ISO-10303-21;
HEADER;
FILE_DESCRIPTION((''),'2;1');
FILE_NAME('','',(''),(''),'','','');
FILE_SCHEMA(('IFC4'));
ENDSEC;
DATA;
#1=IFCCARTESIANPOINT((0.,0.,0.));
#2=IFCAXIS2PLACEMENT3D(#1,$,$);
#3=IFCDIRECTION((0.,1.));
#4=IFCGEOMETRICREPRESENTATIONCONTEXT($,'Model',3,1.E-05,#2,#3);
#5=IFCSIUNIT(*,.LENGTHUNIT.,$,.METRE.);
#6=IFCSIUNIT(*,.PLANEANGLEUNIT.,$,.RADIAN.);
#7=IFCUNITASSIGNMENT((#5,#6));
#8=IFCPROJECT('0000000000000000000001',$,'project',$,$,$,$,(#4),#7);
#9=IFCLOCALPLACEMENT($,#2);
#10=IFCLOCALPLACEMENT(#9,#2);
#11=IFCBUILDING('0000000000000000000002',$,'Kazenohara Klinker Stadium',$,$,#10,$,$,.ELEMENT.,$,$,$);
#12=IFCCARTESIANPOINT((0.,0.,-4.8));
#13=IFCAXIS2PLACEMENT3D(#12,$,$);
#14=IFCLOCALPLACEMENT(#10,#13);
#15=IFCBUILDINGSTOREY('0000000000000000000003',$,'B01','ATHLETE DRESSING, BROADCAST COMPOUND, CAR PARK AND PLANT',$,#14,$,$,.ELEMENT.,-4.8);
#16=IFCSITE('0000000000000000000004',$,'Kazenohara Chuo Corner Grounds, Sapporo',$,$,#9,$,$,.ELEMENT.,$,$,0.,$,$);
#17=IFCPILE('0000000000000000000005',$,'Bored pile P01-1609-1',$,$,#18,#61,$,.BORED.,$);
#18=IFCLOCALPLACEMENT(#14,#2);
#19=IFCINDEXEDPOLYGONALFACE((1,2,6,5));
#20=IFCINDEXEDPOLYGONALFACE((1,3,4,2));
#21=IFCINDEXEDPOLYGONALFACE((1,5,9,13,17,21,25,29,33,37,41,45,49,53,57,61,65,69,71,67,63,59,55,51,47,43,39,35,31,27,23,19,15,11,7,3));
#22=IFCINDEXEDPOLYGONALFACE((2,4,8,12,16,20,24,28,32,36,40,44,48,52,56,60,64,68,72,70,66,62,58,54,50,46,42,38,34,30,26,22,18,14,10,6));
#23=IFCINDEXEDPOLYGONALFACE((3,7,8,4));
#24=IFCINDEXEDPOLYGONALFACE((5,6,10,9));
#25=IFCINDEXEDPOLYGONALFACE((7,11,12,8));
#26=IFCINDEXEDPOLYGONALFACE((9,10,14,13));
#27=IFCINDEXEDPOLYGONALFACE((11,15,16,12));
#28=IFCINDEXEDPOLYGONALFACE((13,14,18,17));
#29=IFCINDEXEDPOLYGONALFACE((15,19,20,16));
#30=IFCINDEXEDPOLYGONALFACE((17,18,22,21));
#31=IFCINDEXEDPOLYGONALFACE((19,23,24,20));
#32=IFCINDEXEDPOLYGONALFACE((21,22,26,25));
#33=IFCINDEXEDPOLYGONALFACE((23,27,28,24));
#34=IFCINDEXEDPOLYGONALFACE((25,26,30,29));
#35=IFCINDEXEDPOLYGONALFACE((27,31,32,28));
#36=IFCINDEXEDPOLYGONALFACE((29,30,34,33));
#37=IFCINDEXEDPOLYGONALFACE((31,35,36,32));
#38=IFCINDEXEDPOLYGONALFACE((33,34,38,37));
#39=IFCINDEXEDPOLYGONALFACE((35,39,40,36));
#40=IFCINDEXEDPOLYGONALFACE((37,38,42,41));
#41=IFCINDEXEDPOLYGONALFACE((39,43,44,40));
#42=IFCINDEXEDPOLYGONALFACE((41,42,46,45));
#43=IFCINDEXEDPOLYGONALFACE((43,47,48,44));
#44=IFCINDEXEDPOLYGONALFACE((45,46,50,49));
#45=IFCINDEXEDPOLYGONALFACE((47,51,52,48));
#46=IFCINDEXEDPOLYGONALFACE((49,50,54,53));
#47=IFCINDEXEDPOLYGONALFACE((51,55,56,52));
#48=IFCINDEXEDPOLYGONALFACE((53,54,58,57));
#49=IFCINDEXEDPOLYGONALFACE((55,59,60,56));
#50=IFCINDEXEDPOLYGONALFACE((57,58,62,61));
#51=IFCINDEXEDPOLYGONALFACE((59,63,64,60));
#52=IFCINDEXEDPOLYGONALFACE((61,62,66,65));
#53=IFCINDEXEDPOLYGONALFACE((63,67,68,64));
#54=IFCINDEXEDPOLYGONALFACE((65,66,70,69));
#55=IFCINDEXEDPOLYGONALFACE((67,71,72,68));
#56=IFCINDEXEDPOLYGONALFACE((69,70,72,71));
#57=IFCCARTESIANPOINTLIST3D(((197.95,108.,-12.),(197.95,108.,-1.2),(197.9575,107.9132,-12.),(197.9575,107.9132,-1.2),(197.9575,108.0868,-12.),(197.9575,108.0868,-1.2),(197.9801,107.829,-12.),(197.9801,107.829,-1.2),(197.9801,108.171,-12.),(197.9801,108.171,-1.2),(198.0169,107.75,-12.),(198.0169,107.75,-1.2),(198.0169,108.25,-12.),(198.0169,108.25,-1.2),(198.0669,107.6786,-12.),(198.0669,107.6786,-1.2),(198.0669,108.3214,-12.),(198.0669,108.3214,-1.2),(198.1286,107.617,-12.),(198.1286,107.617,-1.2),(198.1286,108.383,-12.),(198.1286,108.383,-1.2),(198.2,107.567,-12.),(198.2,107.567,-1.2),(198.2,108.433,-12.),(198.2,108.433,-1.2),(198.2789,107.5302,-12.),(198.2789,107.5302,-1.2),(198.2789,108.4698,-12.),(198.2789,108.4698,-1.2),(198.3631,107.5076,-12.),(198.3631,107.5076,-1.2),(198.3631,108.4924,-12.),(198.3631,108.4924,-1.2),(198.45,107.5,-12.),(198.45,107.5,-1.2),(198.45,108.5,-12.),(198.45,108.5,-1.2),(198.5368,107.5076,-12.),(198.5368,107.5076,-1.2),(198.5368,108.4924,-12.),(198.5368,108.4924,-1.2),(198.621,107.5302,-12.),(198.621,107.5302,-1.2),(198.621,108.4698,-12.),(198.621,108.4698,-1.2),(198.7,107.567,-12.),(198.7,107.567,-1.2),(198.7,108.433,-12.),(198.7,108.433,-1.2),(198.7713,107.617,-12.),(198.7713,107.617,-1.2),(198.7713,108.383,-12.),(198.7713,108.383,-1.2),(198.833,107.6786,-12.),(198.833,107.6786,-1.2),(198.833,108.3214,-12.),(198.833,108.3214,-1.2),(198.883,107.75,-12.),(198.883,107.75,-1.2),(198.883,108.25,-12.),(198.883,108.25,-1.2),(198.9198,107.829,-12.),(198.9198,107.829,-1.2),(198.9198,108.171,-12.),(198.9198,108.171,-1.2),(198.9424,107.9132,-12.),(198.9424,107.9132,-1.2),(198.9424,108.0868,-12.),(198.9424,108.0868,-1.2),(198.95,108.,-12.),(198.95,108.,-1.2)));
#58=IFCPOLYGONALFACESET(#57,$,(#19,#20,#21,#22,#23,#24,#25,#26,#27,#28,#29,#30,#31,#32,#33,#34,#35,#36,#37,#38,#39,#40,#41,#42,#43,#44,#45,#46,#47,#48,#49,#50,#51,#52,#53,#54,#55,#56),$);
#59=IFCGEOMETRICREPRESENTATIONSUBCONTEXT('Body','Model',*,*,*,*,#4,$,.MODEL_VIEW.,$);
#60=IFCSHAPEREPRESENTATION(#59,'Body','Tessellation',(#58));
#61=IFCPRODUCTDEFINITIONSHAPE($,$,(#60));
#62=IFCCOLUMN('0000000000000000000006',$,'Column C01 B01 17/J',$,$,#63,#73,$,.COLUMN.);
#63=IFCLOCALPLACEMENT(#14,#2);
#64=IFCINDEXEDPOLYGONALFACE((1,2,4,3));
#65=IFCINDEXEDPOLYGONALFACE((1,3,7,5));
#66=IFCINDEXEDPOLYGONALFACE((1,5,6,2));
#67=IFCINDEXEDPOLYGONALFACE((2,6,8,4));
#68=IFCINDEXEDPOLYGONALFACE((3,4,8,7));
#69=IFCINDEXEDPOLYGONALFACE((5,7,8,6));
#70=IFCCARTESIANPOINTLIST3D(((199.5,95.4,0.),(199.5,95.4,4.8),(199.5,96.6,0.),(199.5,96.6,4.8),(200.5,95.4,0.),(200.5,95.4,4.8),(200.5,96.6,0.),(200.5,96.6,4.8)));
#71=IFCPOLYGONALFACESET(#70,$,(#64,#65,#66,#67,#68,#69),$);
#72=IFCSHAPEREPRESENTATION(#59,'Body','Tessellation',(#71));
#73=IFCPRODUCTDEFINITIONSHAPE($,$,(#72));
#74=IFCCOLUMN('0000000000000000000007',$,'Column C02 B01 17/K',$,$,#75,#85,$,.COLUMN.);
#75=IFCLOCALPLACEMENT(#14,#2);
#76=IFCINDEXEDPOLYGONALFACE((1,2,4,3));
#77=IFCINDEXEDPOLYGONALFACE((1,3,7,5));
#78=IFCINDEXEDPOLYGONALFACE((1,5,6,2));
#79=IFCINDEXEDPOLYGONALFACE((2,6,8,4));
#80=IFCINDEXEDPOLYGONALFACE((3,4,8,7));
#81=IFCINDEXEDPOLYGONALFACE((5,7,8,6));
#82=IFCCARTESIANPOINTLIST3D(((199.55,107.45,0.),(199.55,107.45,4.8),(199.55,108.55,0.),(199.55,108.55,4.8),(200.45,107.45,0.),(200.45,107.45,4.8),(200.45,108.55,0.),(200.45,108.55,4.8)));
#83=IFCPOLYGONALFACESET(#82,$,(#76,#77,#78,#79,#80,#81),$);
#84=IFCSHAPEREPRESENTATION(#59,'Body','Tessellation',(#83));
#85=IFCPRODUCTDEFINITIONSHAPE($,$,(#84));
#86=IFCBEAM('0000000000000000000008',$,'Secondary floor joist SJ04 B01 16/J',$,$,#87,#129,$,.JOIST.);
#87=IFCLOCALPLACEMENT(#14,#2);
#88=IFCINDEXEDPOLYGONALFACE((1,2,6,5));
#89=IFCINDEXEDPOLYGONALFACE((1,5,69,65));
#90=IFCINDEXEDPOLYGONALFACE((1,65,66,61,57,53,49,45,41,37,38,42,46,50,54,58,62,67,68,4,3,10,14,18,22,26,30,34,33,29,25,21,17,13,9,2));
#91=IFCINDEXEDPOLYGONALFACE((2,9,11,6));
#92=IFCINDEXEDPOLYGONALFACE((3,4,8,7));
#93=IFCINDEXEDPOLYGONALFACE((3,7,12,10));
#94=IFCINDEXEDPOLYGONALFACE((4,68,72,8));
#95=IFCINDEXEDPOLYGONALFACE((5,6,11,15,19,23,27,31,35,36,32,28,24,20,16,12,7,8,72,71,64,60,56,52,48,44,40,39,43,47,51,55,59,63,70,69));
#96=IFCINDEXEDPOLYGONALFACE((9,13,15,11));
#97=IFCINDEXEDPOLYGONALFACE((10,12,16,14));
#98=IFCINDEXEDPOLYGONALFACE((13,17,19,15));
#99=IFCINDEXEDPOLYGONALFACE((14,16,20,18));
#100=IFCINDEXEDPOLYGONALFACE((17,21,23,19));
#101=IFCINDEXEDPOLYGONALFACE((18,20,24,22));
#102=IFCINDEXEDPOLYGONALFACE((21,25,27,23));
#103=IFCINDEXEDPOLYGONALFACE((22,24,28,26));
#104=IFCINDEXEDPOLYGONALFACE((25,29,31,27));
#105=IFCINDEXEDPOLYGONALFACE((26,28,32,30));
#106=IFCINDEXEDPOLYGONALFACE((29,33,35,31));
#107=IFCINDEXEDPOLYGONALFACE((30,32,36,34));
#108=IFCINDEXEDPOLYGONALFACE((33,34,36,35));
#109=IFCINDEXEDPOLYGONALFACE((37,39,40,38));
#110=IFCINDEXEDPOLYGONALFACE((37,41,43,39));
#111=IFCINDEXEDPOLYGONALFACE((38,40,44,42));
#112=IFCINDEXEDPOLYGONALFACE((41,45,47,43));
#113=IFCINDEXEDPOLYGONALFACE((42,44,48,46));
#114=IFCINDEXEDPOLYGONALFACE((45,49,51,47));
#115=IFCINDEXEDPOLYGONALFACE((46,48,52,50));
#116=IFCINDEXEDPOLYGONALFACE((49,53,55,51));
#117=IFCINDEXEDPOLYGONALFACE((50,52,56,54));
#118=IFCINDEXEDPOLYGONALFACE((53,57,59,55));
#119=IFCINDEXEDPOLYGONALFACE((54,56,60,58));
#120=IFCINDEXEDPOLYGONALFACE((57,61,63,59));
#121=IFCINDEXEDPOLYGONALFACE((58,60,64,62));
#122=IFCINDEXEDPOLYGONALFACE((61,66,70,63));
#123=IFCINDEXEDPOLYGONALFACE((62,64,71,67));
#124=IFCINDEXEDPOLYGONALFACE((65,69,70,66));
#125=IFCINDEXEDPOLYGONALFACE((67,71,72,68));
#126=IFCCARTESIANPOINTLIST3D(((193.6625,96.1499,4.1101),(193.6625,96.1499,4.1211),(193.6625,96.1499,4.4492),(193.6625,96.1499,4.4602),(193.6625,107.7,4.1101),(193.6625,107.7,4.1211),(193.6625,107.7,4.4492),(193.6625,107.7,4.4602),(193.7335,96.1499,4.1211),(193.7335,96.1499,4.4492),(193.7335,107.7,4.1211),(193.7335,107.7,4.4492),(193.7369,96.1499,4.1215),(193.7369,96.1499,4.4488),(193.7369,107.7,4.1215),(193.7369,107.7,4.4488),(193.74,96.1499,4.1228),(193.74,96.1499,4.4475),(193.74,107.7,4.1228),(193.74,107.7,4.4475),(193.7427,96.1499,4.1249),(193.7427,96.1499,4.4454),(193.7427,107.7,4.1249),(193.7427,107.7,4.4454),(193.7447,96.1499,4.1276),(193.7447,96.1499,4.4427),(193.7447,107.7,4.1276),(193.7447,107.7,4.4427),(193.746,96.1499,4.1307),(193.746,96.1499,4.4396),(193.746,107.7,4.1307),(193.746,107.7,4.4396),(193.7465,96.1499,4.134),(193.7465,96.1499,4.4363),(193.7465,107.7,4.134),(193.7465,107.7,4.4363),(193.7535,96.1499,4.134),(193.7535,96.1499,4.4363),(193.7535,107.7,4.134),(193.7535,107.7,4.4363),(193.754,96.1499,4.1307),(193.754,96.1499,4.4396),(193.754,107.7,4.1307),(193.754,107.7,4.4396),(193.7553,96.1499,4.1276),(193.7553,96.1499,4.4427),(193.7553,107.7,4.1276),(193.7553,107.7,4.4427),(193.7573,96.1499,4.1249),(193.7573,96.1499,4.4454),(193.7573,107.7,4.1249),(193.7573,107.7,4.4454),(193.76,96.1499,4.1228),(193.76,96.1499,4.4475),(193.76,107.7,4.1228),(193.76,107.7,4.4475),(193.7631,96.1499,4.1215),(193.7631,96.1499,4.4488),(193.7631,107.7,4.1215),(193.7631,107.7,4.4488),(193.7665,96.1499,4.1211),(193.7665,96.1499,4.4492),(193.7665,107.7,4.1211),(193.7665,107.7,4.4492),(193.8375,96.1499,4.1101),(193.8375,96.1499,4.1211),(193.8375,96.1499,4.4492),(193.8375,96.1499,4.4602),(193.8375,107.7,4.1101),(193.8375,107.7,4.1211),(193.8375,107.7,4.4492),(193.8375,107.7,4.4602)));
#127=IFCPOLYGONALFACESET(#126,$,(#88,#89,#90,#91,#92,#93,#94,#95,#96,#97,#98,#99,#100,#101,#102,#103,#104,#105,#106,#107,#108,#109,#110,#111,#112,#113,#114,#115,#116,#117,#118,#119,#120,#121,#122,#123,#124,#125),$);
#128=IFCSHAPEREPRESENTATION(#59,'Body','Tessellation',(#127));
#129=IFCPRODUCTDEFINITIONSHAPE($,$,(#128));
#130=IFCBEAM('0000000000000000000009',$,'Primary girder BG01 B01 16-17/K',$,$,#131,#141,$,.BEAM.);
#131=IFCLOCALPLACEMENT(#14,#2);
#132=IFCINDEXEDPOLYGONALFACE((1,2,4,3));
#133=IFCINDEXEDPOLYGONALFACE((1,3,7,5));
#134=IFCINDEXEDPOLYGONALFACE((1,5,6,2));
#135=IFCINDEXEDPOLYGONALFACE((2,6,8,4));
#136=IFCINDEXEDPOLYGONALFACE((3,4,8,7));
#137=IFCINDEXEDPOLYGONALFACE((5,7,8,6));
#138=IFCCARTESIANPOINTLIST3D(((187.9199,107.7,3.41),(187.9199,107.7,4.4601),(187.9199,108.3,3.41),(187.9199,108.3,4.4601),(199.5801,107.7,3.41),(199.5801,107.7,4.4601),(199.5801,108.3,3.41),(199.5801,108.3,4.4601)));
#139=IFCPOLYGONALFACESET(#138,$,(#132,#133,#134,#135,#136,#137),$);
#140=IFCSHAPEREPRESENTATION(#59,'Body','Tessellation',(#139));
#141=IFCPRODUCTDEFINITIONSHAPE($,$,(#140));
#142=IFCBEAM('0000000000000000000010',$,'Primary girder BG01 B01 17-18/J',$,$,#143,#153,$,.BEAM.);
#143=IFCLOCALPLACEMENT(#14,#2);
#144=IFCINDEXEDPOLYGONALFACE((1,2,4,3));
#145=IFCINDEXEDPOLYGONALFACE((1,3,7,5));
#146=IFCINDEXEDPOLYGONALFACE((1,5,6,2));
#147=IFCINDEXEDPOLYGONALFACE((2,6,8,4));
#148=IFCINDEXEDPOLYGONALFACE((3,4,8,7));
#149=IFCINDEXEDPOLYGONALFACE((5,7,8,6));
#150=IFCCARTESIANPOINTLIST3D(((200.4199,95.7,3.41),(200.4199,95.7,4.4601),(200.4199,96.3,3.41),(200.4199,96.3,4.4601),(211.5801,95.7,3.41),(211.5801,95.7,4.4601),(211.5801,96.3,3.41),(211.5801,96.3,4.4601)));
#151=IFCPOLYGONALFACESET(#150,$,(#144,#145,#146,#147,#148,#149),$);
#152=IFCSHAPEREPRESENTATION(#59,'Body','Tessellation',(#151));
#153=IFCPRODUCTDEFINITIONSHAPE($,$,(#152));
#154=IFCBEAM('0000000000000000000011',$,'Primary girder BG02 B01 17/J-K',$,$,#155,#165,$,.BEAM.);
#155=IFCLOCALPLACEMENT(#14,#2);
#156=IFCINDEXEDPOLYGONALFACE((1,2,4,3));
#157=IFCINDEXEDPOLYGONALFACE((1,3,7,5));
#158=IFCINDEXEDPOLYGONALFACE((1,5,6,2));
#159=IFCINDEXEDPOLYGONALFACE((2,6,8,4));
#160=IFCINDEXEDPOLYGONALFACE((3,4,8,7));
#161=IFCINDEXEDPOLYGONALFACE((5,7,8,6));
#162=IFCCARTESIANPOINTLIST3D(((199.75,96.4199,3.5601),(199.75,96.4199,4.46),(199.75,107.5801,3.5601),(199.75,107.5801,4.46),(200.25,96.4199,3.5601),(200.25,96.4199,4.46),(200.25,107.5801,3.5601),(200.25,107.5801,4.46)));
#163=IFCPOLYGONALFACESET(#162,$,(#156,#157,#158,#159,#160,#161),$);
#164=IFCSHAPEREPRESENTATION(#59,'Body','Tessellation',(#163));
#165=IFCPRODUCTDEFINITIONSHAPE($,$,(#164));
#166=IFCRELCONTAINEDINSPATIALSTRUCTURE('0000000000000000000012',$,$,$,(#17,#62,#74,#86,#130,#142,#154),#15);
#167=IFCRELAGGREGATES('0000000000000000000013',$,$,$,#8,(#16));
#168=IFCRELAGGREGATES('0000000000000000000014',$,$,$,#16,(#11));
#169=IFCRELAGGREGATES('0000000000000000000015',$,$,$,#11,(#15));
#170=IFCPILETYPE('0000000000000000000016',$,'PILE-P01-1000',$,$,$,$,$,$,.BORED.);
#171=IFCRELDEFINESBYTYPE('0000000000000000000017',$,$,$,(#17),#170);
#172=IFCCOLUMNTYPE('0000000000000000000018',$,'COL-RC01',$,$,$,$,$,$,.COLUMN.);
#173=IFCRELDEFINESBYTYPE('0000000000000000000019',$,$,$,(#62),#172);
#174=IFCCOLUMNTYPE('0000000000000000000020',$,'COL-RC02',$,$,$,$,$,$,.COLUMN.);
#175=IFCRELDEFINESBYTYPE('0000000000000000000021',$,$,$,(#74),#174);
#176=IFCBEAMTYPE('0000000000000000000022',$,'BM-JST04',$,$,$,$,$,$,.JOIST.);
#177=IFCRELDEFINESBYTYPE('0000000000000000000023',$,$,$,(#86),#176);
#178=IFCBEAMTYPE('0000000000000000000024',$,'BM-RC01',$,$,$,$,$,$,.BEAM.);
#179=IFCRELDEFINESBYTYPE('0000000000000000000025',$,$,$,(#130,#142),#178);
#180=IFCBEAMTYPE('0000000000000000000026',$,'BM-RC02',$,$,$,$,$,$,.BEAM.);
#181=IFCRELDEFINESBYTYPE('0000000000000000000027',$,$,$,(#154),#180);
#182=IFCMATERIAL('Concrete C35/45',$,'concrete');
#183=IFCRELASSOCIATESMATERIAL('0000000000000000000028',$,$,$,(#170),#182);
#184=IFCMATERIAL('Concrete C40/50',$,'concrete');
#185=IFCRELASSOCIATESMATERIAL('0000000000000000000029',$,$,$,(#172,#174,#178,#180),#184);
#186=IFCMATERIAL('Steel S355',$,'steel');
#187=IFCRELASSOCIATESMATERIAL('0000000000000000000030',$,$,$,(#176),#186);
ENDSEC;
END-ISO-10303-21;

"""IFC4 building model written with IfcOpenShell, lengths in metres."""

from ifc_helpers import new_model, si_unit, direction, frame, origin, origin_2d, place, context, subcontext, project, spatial, rectangle, circle, i_section, extrude, material, material_profile, profile_set, type_object, element, save


model = new_model("IFC4")

# Units and contexts
model_context = context("Model", 3, precision=1e-05, world=origin(), true_north=direction((0.0, 1.0)))
body_context = subcontext(model_context, "Body", "Model", "MODEL_VIEW")
ifc_project = project(units=[si_unit("LENGTHUNIT", "METRE"), si_unit("PLANEANGLEUNIT", "RADIAN")], contexts=[model_context])

# Site, building, storey
site_placement = place(None, origin())
site = spatial("IfcSite", under=ifc_project, at=site_placement, Name="Kazenohara Chuo Corner Grounds, Sapporo", CompositionType="ELEMENT", RefElevation=0.0)
building_placement = place(site_placement, origin())
building = spatial("IfcBuilding", under=site, at=building_placement, Name="Kazenohara Klinker Stadium", CompositionType="ELEMENT")
storey_placement = place(building_placement, frame((0.0, 0.0, -4.8)))
storey = spatial("IfcBuildingStorey", under=building, at=storey_placement, Name="B01", Description="ATHLETE DRESSING, BROADCAST COMPOUND, CAR PARK AND PLANT", CompositionType="ELEMENT", Elevation=-4.8)

# Shared definitions
ifc_material_1 = material(Name="Concrete C35/45", Category="concrete")

# Pile
ifc_material_profile_1 = material_profile(ifc_material_1, circle(Radius=0.5, at=origin_2d()), Name="BORED-PILE-1000")
ifc_profile_set_1 = profile_set([ifc_material_profile_1], Name="Concrete C35/45")
pile_type = type_object("IfcPileType", Name="PILE-P01-1000", PredefinedType="BORED", material=ifc_profile_set_1)
pile_1_placement = place(storey_placement, frame((198.45, 108.0, -1.2), z_axis=(0.0, 0.0, -1.0), x_axis=(1.0, 0.0, 0.0)))
element("IfcPile", 1, at=pile_1_placement, inside=storey, type_object=pile_type, Name="Bored pile P01-1609-1", PredefinedType="BORED", context=body_context, shape_type="SweptSolid", body=[
    extrude(circle(Radius=0.5, at=origin_2d()), origin(), (0.0, 0.0, 1.0), 10.8),
])

# Columns
ifc_material_2 = material(Name="Concrete C40/50", Category="concrete")
ifc_material_profile_2 = material_profile(ifc_material_2, rectangle(XDim=1.0, YDim=1.2, at=origin_2d()), Name="RC-COL-1200x1000")
ifc_profile_set_2 = profile_set([ifc_material_profile_2], Name="Concrete C40/50")
column_type_1 = type_object("IfcColumnType", Name="COL-RC01", PredefinedType="COLUMN", material=ifc_profile_set_2)
column_1_placement = place(storey_placement, frame((200.0, 96.0, 0.0), z_axis=(0.0, 0.0, 1.0), x_axis=(1.0, 0.0, 0.0)))
element("IfcColumn", 2, at=column_1_placement, inside=storey, type_object=column_type_1, Name="Column C01 B01 17/J", PredefinedType="COLUMN", context=body_context, shape_type="SweptSolid", body=[
    extrude(rectangle(XDim=1.0, YDim=1.2, at=origin_2d()), origin(), (0.0, 0.0, 1.0), 4.8),
])
ifc_material_profile_3 = material_profile(ifc_material_2, rectangle(XDim=0.8999, YDim=1.1001, at=origin_2d()), Name="RC-COL-1100x900")
ifc_profile_set_3 = profile_set([ifc_material_profile_3], Name="Concrete C40/50")
column_type_2 = type_object("IfcColumnType", Name="COL-RC02", PredefinedType="COLUMN", material=ifc_profile_set_3)
column_2_placement = place(storey_placement, frame((200.0, 108.0, 0.0), z_axis=(0.0, 0.0, 1.0), x_axis=(1.0, 0.0, 0.0)))
element("IfcColumn", 3, at=column_2_placement, inside=storey, type_object=column_type_2, Name="Column C02 B01 17/K", PredefinedType="COLUMN", context=body_context, shape_type="SweptSolid", body=[
    extrude(rectangle(XDim=0.8999, YDim=1.1001, at=origin_2d()), origin(), (0.0, 0.0, 1.0), 4.8),
])

# Beams
ifc_material_3 = material(Name="Steel S355", Category="steel")
ifc_material_profile_4 = material_profile(ifc_material_3, i_section(OverallWidth=0.175, OverallDepth=0.3501, WebThickness=0.0071, FlangeThickness=0.011, FilletRadius=0.0129, at=origin_2d()), Name="H-350x175x7x11")
ifc_profile_set_4 = profile_set([ifc_material_profile_4], Name="Steel S355")
beam_type_1 = type_object("IfcBeamType", Name="BM-JST04", PredefinedType="JOIST", material=ifc_profile_set_4)
beam_1_placement = place(storey_placement, frame((193.75, 96.1499, 4.2852), z_axis=(0.0, 1.0, 0.0), x_axis=(-1.0, 0.0, 0.0)))
element("IfcBeam", 4, at=beam_1_placement, inside=storey, type_object=beam_type_1, Name="Secondary floor joist SJ04 B01 16/J", PredefinedType="JOIST", context=body_context, shape_type="SweptSolid", body=[
    extrude(i_section(OverallWidth=0.175, OverallDepth=0.3501, WebThickness=0.0071, FlangeThickness=0.011, FilletRadius=0.0129, at=origin_2d()), origin(), (0.0, 0.0, 1.0), 11.55),
])
ifc_material_profile_5 = material_profile(ifc_material_2, rectangle(XDim=0.6001, YDim=1.05, at=origin_2d()), Name="RC-BM-600x1050")
ifc_profile_set_5 = profile_set([ifc_material_profile_5], Name="Concrete C40/50")
beam_type_2 = type_object("IfcBeamType", Name="BM-RC01", PredefinedType="BEAM", material=ifc_profile_set_5)
beam_2_placement = place(storey_placement, frame((187.9199, 108.0, 3.9351), z_axis=(1.0, 0.0, 0.0), x_axis=(0.0, 1.0, 0.0)))
element("IfcBeam", 5, at=beam_2_placement, inside=storey, type_object=beam_type_2, Name="Primary girder BG01 B01 16-17/K", PredefinedType="BEAM", context=body_context, shape_type="SweptSolid", body=[
    extrude(rectangle(XDim=0.6001, YDim=1.05, at=origin_2d()), origin(), (0.0, 0.0, 1.0), 11.6602),
])
beam_3_placement = place(storey_placement, frame((200.4199, 96.0, 3.9351), z_axis=(1.0, 0.0, 0.0), x_axis=(0.0, 1.0, 0.0)))
element("IfcBeam", 6, at=beam_3_placement, inside=storey, type_object=beam_type_2, Name="Primary girder BG01 B01 17-18/J", PredefinedType="BEAM", context=body_context, shape_type="SweptSolid", body=[
    extrude(rectangle(XDim=0.6001, YDim=1.05, at=origin_2d()), origin(), (0.0, 0.0, 1.0), 11.1602),
])
ifc_material_profile_6 = material_profile(ifc_material_2, rectangle(XDim=0.5, YDim=0.8999, at=origin_2d()), Name="RC-BM-500x900")
ifc_profile_set_6 = profile_set([ifc_material_profile_6], Name="Concrete C40/50")
beam_type_3 = type_object("IfcBeamType", Name="BM-RC02", PredefinedType="BEAM", material=ifc_profile_set_6)
beam_4_placement = place(storey_placement, frame((200.0, 96.4199, 4.01), z_axis=(0.0, 1.0, 0.0), x_axis=(-1.0, 0.0, 0.0)))
element("IfcBeam", 7, at=beam_4_placement, inside=storey, type_object=beam_type_3, Name="Primary girder BG02 B01 17/J-K", PredefinedType="BEAM", context=body_context, shape_type="SweptSolid", body=[
    extrude(rectangle(XDim=0.5, YDim=0.8999, at=origin_2d()), origin(), (0.0, 0.0, 1.0), 11.1602),
])

save(model, "model.ifc")
